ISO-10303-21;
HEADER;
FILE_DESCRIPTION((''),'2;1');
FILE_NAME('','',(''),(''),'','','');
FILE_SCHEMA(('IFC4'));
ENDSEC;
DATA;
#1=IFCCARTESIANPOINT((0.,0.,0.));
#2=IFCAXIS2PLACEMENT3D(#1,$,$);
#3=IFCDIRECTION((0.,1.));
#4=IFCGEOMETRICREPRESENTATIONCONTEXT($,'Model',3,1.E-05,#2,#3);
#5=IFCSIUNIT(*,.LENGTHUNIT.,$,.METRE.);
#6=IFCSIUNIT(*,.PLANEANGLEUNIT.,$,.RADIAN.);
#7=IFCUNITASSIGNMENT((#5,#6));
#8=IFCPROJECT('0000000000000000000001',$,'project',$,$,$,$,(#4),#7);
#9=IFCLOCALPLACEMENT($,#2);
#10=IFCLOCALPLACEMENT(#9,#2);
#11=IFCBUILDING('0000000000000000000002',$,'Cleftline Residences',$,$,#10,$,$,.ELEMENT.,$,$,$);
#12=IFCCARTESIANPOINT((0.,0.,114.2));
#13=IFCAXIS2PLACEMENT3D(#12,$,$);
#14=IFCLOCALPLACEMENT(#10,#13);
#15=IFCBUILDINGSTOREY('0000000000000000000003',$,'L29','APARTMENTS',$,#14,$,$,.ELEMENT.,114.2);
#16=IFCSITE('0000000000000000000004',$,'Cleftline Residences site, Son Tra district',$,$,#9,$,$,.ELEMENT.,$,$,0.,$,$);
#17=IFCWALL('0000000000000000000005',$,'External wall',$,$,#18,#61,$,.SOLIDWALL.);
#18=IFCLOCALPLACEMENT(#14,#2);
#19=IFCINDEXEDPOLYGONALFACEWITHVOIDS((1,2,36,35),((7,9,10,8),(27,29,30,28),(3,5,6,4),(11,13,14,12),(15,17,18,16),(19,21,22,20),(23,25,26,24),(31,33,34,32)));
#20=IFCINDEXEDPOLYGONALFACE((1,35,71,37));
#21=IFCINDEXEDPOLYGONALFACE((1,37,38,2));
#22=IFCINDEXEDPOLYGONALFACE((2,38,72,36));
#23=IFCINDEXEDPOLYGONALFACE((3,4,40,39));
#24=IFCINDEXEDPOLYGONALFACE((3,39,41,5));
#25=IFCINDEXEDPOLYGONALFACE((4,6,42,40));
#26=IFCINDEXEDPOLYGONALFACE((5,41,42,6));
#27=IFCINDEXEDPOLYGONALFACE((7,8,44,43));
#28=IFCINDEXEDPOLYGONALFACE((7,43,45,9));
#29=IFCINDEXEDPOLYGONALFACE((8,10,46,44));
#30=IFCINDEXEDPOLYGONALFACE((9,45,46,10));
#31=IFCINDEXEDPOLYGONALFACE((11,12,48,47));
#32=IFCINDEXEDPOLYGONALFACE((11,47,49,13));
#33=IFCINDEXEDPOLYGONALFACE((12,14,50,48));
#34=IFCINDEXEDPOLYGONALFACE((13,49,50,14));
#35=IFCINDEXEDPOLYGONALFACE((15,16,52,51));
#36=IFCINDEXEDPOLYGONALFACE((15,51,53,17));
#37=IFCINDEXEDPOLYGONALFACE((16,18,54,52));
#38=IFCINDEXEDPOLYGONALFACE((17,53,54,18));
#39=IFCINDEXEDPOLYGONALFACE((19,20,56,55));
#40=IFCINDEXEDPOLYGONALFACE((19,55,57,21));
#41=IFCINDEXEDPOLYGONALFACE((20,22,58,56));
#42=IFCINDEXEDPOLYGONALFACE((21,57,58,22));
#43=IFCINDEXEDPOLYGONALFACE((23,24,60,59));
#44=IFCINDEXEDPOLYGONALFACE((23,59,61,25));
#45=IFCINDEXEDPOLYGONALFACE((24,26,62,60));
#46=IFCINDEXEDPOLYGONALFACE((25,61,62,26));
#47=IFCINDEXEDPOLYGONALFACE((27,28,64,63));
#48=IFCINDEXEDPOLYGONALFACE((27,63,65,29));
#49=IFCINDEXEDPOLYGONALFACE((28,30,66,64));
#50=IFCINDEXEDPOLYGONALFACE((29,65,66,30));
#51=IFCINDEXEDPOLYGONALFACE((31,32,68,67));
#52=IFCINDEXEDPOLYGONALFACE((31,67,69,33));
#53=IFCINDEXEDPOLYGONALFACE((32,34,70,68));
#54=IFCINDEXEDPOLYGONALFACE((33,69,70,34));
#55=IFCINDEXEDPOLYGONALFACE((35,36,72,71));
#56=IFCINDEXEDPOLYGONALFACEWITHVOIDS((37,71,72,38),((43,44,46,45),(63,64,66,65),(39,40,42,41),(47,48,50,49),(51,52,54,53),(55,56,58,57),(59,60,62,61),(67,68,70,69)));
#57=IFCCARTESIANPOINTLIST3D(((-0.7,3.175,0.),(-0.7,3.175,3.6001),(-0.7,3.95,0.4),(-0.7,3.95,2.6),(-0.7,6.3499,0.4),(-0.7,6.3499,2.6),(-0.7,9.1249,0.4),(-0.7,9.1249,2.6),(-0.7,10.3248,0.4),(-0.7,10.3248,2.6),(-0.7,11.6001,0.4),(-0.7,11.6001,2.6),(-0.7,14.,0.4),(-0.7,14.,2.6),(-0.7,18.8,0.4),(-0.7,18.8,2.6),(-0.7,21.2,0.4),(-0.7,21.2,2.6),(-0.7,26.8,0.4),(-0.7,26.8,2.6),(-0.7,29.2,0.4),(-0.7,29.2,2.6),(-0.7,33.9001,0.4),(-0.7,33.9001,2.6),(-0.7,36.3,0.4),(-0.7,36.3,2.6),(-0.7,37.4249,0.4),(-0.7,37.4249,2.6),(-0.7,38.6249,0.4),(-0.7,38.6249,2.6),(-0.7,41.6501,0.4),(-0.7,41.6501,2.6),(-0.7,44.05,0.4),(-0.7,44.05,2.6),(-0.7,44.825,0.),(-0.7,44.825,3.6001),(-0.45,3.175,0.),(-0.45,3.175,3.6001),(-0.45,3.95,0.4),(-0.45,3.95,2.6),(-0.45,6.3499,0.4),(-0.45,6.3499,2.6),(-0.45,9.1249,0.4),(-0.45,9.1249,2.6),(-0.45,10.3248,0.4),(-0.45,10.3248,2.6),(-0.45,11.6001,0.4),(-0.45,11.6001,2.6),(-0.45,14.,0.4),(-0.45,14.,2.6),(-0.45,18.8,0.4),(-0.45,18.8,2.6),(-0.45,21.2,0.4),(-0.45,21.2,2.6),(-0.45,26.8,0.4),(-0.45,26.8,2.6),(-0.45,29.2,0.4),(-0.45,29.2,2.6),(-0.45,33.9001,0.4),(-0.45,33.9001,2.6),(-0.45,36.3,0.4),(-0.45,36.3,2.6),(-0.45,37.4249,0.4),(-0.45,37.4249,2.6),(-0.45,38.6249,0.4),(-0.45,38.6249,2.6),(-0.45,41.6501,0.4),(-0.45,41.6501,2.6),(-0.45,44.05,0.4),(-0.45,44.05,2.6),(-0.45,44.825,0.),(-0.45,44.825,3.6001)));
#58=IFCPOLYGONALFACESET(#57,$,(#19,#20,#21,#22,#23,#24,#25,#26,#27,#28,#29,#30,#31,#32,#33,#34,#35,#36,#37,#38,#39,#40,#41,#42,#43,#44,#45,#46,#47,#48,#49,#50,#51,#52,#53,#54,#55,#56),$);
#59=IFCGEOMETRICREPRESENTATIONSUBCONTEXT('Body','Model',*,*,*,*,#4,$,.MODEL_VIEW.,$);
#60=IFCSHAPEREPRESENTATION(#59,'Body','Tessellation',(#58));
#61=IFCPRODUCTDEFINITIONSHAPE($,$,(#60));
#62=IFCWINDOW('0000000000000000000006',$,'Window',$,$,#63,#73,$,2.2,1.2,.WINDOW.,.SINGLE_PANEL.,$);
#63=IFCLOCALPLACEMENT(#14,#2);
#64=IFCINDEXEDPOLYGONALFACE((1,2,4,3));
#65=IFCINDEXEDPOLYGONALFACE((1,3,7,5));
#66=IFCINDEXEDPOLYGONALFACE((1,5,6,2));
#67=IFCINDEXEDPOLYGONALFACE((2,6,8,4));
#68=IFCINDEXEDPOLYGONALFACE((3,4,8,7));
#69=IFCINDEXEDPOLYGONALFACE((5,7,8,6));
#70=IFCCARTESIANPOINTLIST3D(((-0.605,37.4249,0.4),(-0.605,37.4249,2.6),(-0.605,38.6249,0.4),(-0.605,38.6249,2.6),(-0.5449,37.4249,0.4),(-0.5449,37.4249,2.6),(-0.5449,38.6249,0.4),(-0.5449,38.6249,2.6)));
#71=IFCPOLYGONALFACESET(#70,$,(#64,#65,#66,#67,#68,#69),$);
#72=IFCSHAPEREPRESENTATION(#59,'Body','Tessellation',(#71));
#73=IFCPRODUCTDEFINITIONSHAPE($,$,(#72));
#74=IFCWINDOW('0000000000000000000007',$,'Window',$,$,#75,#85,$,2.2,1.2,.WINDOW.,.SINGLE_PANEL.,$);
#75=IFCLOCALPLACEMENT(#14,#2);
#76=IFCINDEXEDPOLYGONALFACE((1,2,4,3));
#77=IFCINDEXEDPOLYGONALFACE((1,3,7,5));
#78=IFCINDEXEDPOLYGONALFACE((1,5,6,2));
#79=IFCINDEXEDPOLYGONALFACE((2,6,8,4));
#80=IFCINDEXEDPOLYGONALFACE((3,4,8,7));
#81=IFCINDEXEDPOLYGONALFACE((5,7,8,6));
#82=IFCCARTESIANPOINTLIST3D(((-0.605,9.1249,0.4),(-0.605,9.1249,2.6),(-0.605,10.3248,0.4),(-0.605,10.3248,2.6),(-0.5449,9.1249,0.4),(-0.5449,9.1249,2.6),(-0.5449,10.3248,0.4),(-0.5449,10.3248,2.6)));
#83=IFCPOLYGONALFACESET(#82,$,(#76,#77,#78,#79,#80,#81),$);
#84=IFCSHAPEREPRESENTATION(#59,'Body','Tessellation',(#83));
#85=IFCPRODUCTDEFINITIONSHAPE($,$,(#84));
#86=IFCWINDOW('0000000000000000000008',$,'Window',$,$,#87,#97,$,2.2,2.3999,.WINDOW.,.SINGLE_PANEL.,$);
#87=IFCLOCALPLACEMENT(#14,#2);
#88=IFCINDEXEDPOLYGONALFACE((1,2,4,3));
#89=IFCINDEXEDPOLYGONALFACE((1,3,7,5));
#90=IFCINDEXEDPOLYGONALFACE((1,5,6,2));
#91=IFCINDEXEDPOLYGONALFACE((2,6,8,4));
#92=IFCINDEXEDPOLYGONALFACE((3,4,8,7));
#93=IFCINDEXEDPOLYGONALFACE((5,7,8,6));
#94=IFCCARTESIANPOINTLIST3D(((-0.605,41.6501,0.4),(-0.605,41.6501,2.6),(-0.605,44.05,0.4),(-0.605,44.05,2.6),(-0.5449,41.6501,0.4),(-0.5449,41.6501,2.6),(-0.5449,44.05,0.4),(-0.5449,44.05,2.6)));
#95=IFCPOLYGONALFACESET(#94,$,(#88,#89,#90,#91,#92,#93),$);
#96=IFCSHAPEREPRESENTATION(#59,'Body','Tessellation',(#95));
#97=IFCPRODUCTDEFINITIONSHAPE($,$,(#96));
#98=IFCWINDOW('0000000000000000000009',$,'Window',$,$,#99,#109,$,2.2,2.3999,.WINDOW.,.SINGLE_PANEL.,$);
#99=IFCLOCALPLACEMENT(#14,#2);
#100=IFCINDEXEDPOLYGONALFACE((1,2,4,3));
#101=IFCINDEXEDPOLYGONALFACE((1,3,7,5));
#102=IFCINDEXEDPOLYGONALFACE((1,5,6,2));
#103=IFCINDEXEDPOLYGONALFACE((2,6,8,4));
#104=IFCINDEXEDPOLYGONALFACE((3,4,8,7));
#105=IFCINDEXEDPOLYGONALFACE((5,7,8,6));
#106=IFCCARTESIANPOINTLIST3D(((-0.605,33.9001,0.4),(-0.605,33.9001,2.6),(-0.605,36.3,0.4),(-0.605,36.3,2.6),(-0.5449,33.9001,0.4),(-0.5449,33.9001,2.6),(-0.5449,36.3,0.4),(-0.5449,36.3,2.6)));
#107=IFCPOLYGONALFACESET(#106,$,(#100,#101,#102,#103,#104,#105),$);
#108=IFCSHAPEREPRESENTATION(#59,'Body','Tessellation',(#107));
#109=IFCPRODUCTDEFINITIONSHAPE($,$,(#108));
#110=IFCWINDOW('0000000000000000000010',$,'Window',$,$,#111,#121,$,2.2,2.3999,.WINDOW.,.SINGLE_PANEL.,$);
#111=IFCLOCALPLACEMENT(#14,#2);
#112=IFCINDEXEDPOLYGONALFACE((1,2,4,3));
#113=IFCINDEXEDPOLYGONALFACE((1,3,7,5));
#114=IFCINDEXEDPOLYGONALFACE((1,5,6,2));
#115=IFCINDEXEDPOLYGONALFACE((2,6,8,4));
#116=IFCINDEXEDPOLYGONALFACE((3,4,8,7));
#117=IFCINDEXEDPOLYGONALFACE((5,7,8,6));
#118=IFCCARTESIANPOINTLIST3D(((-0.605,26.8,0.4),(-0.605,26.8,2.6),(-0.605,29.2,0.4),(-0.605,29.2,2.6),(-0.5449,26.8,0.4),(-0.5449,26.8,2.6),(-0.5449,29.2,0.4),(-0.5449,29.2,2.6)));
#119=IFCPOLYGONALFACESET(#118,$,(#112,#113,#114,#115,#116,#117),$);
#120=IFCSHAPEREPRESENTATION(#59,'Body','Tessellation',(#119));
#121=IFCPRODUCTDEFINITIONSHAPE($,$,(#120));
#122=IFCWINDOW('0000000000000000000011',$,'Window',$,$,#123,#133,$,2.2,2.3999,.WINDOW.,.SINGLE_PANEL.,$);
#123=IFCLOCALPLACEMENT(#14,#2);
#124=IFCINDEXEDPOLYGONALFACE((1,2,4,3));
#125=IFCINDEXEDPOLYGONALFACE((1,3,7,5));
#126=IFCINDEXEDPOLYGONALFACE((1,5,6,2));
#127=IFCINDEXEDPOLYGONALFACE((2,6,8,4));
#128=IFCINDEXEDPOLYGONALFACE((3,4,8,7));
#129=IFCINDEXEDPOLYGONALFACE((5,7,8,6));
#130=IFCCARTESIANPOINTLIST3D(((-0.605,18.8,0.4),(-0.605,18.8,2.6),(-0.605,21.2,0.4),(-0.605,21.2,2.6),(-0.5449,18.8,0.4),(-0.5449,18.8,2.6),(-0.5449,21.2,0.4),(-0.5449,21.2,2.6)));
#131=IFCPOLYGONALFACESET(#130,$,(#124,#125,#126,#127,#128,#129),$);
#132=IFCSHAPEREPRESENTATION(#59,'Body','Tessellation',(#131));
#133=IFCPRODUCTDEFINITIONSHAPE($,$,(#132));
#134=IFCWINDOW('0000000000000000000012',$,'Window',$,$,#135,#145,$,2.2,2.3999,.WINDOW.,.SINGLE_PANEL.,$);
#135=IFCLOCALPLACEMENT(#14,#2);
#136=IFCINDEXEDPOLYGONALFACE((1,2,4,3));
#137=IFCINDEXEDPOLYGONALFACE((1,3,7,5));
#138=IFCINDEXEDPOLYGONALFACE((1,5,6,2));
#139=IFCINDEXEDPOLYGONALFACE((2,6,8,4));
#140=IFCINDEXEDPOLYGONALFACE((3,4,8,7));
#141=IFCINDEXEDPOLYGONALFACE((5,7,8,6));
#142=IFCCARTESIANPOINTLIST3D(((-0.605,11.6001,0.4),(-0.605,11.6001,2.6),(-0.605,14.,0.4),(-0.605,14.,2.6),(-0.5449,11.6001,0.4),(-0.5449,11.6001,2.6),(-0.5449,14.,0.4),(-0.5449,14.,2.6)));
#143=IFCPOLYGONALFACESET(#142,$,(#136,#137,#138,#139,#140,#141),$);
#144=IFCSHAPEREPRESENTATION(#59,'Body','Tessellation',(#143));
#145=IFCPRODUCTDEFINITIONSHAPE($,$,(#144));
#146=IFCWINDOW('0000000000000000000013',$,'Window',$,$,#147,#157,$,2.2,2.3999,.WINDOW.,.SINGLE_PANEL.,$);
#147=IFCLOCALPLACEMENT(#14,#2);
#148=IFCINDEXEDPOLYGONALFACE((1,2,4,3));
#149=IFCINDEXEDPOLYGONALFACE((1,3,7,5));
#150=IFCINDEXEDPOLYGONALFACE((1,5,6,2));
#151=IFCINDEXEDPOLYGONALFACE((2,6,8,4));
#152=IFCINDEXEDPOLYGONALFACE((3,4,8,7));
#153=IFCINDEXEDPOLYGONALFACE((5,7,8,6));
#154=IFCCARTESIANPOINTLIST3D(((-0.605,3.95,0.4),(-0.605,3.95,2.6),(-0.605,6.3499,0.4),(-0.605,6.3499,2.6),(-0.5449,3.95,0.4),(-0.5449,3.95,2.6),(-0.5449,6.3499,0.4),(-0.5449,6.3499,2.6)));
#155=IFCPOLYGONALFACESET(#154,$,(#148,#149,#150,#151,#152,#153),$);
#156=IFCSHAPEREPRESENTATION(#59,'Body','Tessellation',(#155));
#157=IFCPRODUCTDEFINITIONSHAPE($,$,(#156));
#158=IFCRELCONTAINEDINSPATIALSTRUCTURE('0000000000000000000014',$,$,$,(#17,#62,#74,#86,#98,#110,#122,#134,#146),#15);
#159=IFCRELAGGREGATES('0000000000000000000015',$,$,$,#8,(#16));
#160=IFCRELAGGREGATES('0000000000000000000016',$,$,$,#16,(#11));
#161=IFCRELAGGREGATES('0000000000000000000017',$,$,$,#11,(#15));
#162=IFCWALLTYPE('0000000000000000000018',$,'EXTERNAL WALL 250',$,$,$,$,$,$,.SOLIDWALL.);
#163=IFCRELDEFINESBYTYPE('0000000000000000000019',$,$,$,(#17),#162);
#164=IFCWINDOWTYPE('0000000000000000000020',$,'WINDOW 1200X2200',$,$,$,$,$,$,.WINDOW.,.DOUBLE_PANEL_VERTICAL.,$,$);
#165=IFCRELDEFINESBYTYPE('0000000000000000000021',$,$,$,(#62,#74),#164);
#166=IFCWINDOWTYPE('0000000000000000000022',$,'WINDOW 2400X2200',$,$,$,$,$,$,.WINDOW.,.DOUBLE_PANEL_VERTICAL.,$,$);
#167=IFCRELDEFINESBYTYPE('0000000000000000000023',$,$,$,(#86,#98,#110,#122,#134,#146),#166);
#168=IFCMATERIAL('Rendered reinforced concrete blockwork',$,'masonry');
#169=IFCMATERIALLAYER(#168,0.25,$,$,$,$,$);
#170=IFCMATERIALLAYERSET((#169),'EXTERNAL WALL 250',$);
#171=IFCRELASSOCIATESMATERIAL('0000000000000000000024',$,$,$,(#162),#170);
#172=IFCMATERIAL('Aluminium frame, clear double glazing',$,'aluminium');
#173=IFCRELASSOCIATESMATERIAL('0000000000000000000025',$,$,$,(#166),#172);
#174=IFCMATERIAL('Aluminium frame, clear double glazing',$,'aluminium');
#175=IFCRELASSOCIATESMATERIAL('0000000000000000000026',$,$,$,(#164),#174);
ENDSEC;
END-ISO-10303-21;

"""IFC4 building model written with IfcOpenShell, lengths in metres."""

from ifc_helpers import new_model, si_unit, direction, frame, frame_2d, origin, place, context, subcontext, project, spatial, rectangle, extrude, material, layer, layer_set, type_object, element, fill, save


model = new_model("IFC4")

# Units and contexts
model_context = context("Model", 3, precision=1e-05, world=origin(), true_north=direction((0.0, 1.0)))
body_context = subcontext(model_context, "Body", "Model", "MODEL_VIEW")
ifc_project = project(units=[si_unit("LENGTHUNIT", "METRE"), si_unit("PLANEANGLEUNIT", "RADIAN")], contexts=[model_context])

# Site, building, storey
site_placement = place(None, origin())
site = spatial("IfcSite", under=ifc_project, at=site_placement, Name="Cleftline Residences site, Son Tra district", CompositionType="ELEMENT", RefElevation=0.0)
building_placement = place(site_placement, origin())
building = spatial("IfcBuilding", under=site, at=building_placement, Name="Cleftline Residences", CompositionType="ELEMENT")
storey_placement = place(building_placement, frame((0.0, 0.0, 114.2)))
storey = spatial("IfcBuildingStorey", under=building, at=storey_placement, Name="L29", Description="APARTMENTS", CompositionType="ELEMENT", Elevation=114.2)

# Shared definitions
ifc_material_1 = material(Name="Rendered reinforced concrete blockwork", Category="masonry")
ifc_layer_1 = layer(ifc_material_1, 0.25)
ifc_layer_set_1 = layer_set([ifc_layer_1], Name="EXTERNAL WALL 250")
wall_type_1 = type_object("IfcWallType", Name="EXTERNAL WALL 250", PredefinedType="SOLIDWALL", material=ifc_layer_set_1)
ifc_material_2 = material(Name="Aluminium frame, clear double glazing", Category="aluminium")
window_type_1 = type_object("IfcWindowType", Name="WINDOW 2400X2200", PartitioningType="DOUBLE_PANEL_VERTICAL", PredefinedType="WINDOW", material=ifc_material_2)

# Wall, openings, windows
wall_1_placement = place(storey_placement, frame((-0.575, 44.825, 0.0), z_axis=(0.0, 0.0, 1.0), x_axis=(0.0, -1.0, 0.0)))
wall_1 = element("IfcWall", 1, at=wall_1_placement, inside=storey, type_object=wall_type_1, Name="External wall", PredefinedType="SOLIDWALL", context=body_context, shape_type="SweptSolid", body=[
    extrude(rectangle(XDim=41.6499, YDim=0.25, at=frame_2d((20.825, 0.0))), origin(), (0.0, 0.0, 1.0), 3.6001),
])
opening_1_placement = place(wall_1_placement, frame((0.7749, 0.0, 0.3999)))
opening_1 = element("IfcOpeningElement", 2, at=opening_1_placement, cuts=wall_1, PredefinedType="OPENING", context=body_context, shape_type="SweptSolid", body=[
    extrude(rectangle(XDim=2.3999, YDim=2.2, at=frame_2d((1.2, 1.1001))), frame((0.0, 0.135, 0.0), z_axis=(0.0, -1.0, 0.0), x_axis=(1.0, 0.0, 0.0)), (0.0, 0.0, 1.0), 0.27),
])
opening_2_placement = place(wall_1_placement, frame((6.2, 0.0, 0.3999)))
opening_2 = element("IfcOpeningElement", 3, at=opening_2_placement, cuts=wall_1, PredefinedType="OPENING", context=body_context, shape_type="SweptSolid", body=[
    extrude(rectangle(XDim=1.2, YDim=2.2, at=frame_2d((0.6001, 1.1001))), frame((0.0, 0.135, 0.0), z_axis=(0.0, -1.0, 0.0), x_axis=(1.0, 0.0, 0.0)), (0.0, 0.0, 1.0), 0.27),
])
opening_3_placement = place(wall_1_placement, frame((8.5249, 0.0, 0.3999)))
opening_3 = element("IfcOpeningElement", 4, at=opening_3_placement, cuts=wall_1, PredefinedType="OPENING", context=body_context, shape_type="SweptSolid", body=[
    extrude(rectangle(XDim=2.3999, YDim=2.2, at=frame_2d((1.2, 1.1001))), frame((0.0, 0.135, 0.0), z_axis=(0.0, -1.0, 0.0), x_axis=(1.0, 0.0, 0.0)), (0.0, 0.0, 1.0), 0.27),
])
opening_4_placement = place(wall_1_placement, frame((15.625, 0.0, 0.3999)))
opening_4 = element("IfcOpeningElement", 5, at=opening_4_placement, cuts=wall_1, PredefinedType="OPENING", context=body_context, shape_type="SweptSolid", body=[
    extrude(rectangle(XDim=2.3999, YDim=2.2, at=frame_2d((1.2, 1.1001))), frame((0.0, 0.135, 0.0), z_axis=(0.0, -1.0, 0.0), x_axis=(1.0, 0.0, 0.0)), (0.0, 0.0, 1.0), 0.27),
])
opening_5_placement = place(wall_1_placement, frame((23.625, 0.0, 0.3999)))
opening_5 = element("IfcOpeningElement", 6, at=opening_5_placement, cuts=wall_1, PredefinedType="OPENING", context=body_context, shape_type="SweptSolid", body=[
    extrude(rectangle(XDim=2.3999, YDim=2.2, at=frame_2d((1.2, 1.1001))), frame((0.0, 0.135, 0.0), z_axis=(0.0, -1.0, 0.0), x_axis=(1.0, 0.0, 0.0)), (0.0, 0.0, 1.0), 0.27),
])
opening_6_placement = place(wall_1_placement, frame((30.825, 0.0, 0.3999)))
opening_6 = element("IfcOpeningElement", 7, at=opening_6_placement, cuts=wall_1, PredefinedType="OPENING", context=body_context, shape_type="SweptSolid", body=[
    extrude(rectangle(XDim=2.3999, YDim=2.2, at=frame_2d((1.2, 1.1001))), frame((0.0, 0.135, 0.0), z_axis=(0.0, -1.0, 0.0), x_axis=(1.0, 0.0, 0.0)), (0.0, 0.0, 1.0), 0.27),
])
opening_7_placement = place(wall_1_placement, frame((34.5, 0.0, 0.3999)))
opening_7 = element("IfcOpeningElement", 8, at=opening_7_placement, cuts=wall_1, PredefinedType="OPENING", context=body_context, shape_type="SweptSolid", body=[
    extrude(rectangle(XDim=1.2, YDim=2.2, at=frame_2d((0.6001, 1.1001))), frame((0.0, 0.135, 0.0), z_axis=(0.0, -1.0, 0.0), x_axis=(1.0, 0.0, 0.0)), (0.0, 0.0, 1.0), 0.27),
])
opening_8_placement = place(wall_1_placement, frame((38.4751, 0.0, 0.3999)))
opening_8 = element("IfcOpeningElement", 9, at=opening_8_placement, cuts=wall_1, PredefinedType="OPENING", context=body_context, shape_type="SweptSolid", body=[
    extrude(rectangle(XDim=2.3999, YDim=2.2, at=frame_2d((1.2, 1.1001))), frame((0.0, 0.135, 0.0), z_axis=(0.0, -1.0, 0.0), x_axis=(1.0, 0.0, 0.0)), (0.0, 0.0, 1.0), 0.27),
])
ifc_material_3 = material(Name="Aluminium frame, clear double glazing", Category="aluminium")
window_type_2 = type_object("IfcWindowType", Name="WINDOW 1200X2200", PartitioningType="DOUBLE_PANEL_VERTICAL", PredefinedType="WINDOW", material=ifc_material_3)
window_1_placement = place(opening_2_placement, origin())
window_1 = element("IfcWindow", 10, at=window_1_placement, inside=storey, type_object=window_type_2, Name="Window", OverallHeight=2.2, OverallWidth=1.2, PartitioningType="SINGLE_PANEL", PredefinedType="WINDOW", context=body_context, shape_type="SweptSolid", body=[
    extrude(rectangle(XDim=1.2, YDim=2.2, at=frame_2d((0.6001, 1.1001))), frame((0.0, 0.03, 0.0), z_axis=(0.0, -1.0, 0.0), x_axis=(1.0, 0.0, 0.0)), (0.0, 0.0, 1.0), 0.0601),
])
fill(opening_2, window_1)
window_2_placement = place(opening_7_placement, origin())
window_2 = element("IfcWindow", 11, at=window_2_placement, inside=storey, type_object=window_type_2, Name="Window", OverallHeight=2.2, OverallWidth=1.2, PartitioningType="SINGLE_PANEL", PredefinedType="WINDOW", context=body_context, shape_type="SweptSolid", body=[
    extrude(rectangle(XDim=1.2, YDim=2.2, at=frame_2d((0.6001, 1.1001))), frame((0.0, 0.03, 0.0), z_axis=(0.0, -1.0, 0.0), x_axis=(1.0, 0.0, 0.0)), (0.0, 0.0, 1.0), 0.0601),
])
fill(opening_7, window_2)
window_3_placement = place(opening_1_placement, origin())
window_3 = element("IfcWindow", 12, at=window_3_placement, inside=storey, type_object=window_type_1, Name="Window", OverallHeight=2.2, OverallWidth=2.3999, PartitioningType="SINGLE_PANEL", PredefinedType="WINDOW", context=body_context, shape_type="SweptSolid", body=[
    extrude(rectangle(XDim=2.3999, YDim=2.2, at=frame_2d((1.2, 1.1001))), frame((0.0, 0.03, 0.0), z_axis=(0.0, -1.0, 0.0), x_axis=(1.0, 0.0, 0.0)), (0.0, 0.0, 1.0), 0.0601),
])
fill(opening_1, window_3)
window_4_placement = place(opening_3_placement, origin())
window_4 = element("IfcWindow", 13, at=window_4_placement, inside=storey, type_object=window_type_1, Name="Window", OverallHeight=2.2, OverallWidth=2.3999, PartitioningType="SINGLE_PANEL", PredefinedType="WINDOW", context=body_context, shape_type="SweptSolid", body=[
    extrude(rectangle(XDim=2.3999, YDim=2.2, at=frame_2d((1.2, 1.1001))), frame((0.0, 0.03, 0.0), z_axis=(0.0, -1.0, 0.0), x_axis=(1.0, 0.0, 0.0)), (0.0, 0.0, 1.0), 0.0601),
])
fill(opening_3, window_4)
window_5_placement = place(opening_4_placement, origin())
window_5 = element("IfcWindow", 14, at=window_5_placement, inside=storey, type_object=window_type_1, Name="Window", OverallHeight=2.2, OverallWidth=2.3999, PartitioningType="SINGLE_PANEL", PredefinedType="WINDOW", context=body_context, shape_type="SweptSolid", body=[
    extrude(rectangle(XDim=2.3999, YDim=2.2, at=frame_2d((1.2, 1.1001))), frame((0.0, 0.03, 0.0), z_axis=(0.0, -1.0, 0.0), x_axis=(1.0, 0.0, 0.0)), (0.0, 0.0, 1.0), 0.0601),
])
fill(opening_4, window_5)
window_6_placement = place(opening_5_placement, origin())
window_6 = element("IfcWindow", 15, at=window_6_placement, inside=storey, type_object=window_type_1, Name="Window", OverallHeight=2.2, OverallWidth=2.3999, PartitioningType="SINGLE_PANEL", PredefinedType="WINDOW", context=body_context, shape_type="SweptSolid", body=[
    extrude(rectangle(XDim=2.3999, YDim=2.2, at=frame_2d((1.2, 1.1001))), frame((0.0, 0.03, 0.0), z_axis=(0.0, -1.0, 0.0), x_axis=(1.0, 0.0, 0.0)), (0.0, 0.0, 1.0), 0.0601),
])
fill(opening_5, window_6)
window_7_placement = place(opening_6_placement, origin())
window_7 = element("IfcWindow", 16, at=window_7_placement, inside=storey, type_object=window_type_1, Name="Window", OverallHeight=2.2, OverallWidth=2.3999, PartitioningType="SINGLE_PANEL", PredefinedType="WINDOW", context=body_context, shape_type="SweptSolid", body=[
    extrude(rectangle(XDim=2.3999, YDim=2.2, at=frame_2d((1.2, 1.1001))), frame((0.0, 0.03, 0.0), z_axis=(0.0, -1.0, 0.0), x_axis=(1.0, 0.0, 0.0)), (0.0, 0.0, 1.0), 0.0601),
])
fill(opening_6, window_7)
window_8_placement = place(opening_8_placement, origin())
window_8 = element("IfcWindow", 17, at=window_8_placement, inside=storey, type_object=window_type_1, Name="Window", OverallHeight=2.2, OverallWidth=2.3999, PartitioningType="SINGLE_PANEL", PredefinedType="WINDOW", context=body_context, shape_type="SweptSolid", body=[
    extrude(rectangle(XDim=2.3999, YDim=2.2, at=frame_2d((1.2, 1.1001))), frame((0.0, 0.03, 0.0), z_axis=(0.0, -1.0, 0.0), x_axis=(1.0, 0.0, 0.0)), (0.0, 0.0, 1.0), 0.0601),
])
fill(opening_8, window_8)

save(model, "model.ifc")
